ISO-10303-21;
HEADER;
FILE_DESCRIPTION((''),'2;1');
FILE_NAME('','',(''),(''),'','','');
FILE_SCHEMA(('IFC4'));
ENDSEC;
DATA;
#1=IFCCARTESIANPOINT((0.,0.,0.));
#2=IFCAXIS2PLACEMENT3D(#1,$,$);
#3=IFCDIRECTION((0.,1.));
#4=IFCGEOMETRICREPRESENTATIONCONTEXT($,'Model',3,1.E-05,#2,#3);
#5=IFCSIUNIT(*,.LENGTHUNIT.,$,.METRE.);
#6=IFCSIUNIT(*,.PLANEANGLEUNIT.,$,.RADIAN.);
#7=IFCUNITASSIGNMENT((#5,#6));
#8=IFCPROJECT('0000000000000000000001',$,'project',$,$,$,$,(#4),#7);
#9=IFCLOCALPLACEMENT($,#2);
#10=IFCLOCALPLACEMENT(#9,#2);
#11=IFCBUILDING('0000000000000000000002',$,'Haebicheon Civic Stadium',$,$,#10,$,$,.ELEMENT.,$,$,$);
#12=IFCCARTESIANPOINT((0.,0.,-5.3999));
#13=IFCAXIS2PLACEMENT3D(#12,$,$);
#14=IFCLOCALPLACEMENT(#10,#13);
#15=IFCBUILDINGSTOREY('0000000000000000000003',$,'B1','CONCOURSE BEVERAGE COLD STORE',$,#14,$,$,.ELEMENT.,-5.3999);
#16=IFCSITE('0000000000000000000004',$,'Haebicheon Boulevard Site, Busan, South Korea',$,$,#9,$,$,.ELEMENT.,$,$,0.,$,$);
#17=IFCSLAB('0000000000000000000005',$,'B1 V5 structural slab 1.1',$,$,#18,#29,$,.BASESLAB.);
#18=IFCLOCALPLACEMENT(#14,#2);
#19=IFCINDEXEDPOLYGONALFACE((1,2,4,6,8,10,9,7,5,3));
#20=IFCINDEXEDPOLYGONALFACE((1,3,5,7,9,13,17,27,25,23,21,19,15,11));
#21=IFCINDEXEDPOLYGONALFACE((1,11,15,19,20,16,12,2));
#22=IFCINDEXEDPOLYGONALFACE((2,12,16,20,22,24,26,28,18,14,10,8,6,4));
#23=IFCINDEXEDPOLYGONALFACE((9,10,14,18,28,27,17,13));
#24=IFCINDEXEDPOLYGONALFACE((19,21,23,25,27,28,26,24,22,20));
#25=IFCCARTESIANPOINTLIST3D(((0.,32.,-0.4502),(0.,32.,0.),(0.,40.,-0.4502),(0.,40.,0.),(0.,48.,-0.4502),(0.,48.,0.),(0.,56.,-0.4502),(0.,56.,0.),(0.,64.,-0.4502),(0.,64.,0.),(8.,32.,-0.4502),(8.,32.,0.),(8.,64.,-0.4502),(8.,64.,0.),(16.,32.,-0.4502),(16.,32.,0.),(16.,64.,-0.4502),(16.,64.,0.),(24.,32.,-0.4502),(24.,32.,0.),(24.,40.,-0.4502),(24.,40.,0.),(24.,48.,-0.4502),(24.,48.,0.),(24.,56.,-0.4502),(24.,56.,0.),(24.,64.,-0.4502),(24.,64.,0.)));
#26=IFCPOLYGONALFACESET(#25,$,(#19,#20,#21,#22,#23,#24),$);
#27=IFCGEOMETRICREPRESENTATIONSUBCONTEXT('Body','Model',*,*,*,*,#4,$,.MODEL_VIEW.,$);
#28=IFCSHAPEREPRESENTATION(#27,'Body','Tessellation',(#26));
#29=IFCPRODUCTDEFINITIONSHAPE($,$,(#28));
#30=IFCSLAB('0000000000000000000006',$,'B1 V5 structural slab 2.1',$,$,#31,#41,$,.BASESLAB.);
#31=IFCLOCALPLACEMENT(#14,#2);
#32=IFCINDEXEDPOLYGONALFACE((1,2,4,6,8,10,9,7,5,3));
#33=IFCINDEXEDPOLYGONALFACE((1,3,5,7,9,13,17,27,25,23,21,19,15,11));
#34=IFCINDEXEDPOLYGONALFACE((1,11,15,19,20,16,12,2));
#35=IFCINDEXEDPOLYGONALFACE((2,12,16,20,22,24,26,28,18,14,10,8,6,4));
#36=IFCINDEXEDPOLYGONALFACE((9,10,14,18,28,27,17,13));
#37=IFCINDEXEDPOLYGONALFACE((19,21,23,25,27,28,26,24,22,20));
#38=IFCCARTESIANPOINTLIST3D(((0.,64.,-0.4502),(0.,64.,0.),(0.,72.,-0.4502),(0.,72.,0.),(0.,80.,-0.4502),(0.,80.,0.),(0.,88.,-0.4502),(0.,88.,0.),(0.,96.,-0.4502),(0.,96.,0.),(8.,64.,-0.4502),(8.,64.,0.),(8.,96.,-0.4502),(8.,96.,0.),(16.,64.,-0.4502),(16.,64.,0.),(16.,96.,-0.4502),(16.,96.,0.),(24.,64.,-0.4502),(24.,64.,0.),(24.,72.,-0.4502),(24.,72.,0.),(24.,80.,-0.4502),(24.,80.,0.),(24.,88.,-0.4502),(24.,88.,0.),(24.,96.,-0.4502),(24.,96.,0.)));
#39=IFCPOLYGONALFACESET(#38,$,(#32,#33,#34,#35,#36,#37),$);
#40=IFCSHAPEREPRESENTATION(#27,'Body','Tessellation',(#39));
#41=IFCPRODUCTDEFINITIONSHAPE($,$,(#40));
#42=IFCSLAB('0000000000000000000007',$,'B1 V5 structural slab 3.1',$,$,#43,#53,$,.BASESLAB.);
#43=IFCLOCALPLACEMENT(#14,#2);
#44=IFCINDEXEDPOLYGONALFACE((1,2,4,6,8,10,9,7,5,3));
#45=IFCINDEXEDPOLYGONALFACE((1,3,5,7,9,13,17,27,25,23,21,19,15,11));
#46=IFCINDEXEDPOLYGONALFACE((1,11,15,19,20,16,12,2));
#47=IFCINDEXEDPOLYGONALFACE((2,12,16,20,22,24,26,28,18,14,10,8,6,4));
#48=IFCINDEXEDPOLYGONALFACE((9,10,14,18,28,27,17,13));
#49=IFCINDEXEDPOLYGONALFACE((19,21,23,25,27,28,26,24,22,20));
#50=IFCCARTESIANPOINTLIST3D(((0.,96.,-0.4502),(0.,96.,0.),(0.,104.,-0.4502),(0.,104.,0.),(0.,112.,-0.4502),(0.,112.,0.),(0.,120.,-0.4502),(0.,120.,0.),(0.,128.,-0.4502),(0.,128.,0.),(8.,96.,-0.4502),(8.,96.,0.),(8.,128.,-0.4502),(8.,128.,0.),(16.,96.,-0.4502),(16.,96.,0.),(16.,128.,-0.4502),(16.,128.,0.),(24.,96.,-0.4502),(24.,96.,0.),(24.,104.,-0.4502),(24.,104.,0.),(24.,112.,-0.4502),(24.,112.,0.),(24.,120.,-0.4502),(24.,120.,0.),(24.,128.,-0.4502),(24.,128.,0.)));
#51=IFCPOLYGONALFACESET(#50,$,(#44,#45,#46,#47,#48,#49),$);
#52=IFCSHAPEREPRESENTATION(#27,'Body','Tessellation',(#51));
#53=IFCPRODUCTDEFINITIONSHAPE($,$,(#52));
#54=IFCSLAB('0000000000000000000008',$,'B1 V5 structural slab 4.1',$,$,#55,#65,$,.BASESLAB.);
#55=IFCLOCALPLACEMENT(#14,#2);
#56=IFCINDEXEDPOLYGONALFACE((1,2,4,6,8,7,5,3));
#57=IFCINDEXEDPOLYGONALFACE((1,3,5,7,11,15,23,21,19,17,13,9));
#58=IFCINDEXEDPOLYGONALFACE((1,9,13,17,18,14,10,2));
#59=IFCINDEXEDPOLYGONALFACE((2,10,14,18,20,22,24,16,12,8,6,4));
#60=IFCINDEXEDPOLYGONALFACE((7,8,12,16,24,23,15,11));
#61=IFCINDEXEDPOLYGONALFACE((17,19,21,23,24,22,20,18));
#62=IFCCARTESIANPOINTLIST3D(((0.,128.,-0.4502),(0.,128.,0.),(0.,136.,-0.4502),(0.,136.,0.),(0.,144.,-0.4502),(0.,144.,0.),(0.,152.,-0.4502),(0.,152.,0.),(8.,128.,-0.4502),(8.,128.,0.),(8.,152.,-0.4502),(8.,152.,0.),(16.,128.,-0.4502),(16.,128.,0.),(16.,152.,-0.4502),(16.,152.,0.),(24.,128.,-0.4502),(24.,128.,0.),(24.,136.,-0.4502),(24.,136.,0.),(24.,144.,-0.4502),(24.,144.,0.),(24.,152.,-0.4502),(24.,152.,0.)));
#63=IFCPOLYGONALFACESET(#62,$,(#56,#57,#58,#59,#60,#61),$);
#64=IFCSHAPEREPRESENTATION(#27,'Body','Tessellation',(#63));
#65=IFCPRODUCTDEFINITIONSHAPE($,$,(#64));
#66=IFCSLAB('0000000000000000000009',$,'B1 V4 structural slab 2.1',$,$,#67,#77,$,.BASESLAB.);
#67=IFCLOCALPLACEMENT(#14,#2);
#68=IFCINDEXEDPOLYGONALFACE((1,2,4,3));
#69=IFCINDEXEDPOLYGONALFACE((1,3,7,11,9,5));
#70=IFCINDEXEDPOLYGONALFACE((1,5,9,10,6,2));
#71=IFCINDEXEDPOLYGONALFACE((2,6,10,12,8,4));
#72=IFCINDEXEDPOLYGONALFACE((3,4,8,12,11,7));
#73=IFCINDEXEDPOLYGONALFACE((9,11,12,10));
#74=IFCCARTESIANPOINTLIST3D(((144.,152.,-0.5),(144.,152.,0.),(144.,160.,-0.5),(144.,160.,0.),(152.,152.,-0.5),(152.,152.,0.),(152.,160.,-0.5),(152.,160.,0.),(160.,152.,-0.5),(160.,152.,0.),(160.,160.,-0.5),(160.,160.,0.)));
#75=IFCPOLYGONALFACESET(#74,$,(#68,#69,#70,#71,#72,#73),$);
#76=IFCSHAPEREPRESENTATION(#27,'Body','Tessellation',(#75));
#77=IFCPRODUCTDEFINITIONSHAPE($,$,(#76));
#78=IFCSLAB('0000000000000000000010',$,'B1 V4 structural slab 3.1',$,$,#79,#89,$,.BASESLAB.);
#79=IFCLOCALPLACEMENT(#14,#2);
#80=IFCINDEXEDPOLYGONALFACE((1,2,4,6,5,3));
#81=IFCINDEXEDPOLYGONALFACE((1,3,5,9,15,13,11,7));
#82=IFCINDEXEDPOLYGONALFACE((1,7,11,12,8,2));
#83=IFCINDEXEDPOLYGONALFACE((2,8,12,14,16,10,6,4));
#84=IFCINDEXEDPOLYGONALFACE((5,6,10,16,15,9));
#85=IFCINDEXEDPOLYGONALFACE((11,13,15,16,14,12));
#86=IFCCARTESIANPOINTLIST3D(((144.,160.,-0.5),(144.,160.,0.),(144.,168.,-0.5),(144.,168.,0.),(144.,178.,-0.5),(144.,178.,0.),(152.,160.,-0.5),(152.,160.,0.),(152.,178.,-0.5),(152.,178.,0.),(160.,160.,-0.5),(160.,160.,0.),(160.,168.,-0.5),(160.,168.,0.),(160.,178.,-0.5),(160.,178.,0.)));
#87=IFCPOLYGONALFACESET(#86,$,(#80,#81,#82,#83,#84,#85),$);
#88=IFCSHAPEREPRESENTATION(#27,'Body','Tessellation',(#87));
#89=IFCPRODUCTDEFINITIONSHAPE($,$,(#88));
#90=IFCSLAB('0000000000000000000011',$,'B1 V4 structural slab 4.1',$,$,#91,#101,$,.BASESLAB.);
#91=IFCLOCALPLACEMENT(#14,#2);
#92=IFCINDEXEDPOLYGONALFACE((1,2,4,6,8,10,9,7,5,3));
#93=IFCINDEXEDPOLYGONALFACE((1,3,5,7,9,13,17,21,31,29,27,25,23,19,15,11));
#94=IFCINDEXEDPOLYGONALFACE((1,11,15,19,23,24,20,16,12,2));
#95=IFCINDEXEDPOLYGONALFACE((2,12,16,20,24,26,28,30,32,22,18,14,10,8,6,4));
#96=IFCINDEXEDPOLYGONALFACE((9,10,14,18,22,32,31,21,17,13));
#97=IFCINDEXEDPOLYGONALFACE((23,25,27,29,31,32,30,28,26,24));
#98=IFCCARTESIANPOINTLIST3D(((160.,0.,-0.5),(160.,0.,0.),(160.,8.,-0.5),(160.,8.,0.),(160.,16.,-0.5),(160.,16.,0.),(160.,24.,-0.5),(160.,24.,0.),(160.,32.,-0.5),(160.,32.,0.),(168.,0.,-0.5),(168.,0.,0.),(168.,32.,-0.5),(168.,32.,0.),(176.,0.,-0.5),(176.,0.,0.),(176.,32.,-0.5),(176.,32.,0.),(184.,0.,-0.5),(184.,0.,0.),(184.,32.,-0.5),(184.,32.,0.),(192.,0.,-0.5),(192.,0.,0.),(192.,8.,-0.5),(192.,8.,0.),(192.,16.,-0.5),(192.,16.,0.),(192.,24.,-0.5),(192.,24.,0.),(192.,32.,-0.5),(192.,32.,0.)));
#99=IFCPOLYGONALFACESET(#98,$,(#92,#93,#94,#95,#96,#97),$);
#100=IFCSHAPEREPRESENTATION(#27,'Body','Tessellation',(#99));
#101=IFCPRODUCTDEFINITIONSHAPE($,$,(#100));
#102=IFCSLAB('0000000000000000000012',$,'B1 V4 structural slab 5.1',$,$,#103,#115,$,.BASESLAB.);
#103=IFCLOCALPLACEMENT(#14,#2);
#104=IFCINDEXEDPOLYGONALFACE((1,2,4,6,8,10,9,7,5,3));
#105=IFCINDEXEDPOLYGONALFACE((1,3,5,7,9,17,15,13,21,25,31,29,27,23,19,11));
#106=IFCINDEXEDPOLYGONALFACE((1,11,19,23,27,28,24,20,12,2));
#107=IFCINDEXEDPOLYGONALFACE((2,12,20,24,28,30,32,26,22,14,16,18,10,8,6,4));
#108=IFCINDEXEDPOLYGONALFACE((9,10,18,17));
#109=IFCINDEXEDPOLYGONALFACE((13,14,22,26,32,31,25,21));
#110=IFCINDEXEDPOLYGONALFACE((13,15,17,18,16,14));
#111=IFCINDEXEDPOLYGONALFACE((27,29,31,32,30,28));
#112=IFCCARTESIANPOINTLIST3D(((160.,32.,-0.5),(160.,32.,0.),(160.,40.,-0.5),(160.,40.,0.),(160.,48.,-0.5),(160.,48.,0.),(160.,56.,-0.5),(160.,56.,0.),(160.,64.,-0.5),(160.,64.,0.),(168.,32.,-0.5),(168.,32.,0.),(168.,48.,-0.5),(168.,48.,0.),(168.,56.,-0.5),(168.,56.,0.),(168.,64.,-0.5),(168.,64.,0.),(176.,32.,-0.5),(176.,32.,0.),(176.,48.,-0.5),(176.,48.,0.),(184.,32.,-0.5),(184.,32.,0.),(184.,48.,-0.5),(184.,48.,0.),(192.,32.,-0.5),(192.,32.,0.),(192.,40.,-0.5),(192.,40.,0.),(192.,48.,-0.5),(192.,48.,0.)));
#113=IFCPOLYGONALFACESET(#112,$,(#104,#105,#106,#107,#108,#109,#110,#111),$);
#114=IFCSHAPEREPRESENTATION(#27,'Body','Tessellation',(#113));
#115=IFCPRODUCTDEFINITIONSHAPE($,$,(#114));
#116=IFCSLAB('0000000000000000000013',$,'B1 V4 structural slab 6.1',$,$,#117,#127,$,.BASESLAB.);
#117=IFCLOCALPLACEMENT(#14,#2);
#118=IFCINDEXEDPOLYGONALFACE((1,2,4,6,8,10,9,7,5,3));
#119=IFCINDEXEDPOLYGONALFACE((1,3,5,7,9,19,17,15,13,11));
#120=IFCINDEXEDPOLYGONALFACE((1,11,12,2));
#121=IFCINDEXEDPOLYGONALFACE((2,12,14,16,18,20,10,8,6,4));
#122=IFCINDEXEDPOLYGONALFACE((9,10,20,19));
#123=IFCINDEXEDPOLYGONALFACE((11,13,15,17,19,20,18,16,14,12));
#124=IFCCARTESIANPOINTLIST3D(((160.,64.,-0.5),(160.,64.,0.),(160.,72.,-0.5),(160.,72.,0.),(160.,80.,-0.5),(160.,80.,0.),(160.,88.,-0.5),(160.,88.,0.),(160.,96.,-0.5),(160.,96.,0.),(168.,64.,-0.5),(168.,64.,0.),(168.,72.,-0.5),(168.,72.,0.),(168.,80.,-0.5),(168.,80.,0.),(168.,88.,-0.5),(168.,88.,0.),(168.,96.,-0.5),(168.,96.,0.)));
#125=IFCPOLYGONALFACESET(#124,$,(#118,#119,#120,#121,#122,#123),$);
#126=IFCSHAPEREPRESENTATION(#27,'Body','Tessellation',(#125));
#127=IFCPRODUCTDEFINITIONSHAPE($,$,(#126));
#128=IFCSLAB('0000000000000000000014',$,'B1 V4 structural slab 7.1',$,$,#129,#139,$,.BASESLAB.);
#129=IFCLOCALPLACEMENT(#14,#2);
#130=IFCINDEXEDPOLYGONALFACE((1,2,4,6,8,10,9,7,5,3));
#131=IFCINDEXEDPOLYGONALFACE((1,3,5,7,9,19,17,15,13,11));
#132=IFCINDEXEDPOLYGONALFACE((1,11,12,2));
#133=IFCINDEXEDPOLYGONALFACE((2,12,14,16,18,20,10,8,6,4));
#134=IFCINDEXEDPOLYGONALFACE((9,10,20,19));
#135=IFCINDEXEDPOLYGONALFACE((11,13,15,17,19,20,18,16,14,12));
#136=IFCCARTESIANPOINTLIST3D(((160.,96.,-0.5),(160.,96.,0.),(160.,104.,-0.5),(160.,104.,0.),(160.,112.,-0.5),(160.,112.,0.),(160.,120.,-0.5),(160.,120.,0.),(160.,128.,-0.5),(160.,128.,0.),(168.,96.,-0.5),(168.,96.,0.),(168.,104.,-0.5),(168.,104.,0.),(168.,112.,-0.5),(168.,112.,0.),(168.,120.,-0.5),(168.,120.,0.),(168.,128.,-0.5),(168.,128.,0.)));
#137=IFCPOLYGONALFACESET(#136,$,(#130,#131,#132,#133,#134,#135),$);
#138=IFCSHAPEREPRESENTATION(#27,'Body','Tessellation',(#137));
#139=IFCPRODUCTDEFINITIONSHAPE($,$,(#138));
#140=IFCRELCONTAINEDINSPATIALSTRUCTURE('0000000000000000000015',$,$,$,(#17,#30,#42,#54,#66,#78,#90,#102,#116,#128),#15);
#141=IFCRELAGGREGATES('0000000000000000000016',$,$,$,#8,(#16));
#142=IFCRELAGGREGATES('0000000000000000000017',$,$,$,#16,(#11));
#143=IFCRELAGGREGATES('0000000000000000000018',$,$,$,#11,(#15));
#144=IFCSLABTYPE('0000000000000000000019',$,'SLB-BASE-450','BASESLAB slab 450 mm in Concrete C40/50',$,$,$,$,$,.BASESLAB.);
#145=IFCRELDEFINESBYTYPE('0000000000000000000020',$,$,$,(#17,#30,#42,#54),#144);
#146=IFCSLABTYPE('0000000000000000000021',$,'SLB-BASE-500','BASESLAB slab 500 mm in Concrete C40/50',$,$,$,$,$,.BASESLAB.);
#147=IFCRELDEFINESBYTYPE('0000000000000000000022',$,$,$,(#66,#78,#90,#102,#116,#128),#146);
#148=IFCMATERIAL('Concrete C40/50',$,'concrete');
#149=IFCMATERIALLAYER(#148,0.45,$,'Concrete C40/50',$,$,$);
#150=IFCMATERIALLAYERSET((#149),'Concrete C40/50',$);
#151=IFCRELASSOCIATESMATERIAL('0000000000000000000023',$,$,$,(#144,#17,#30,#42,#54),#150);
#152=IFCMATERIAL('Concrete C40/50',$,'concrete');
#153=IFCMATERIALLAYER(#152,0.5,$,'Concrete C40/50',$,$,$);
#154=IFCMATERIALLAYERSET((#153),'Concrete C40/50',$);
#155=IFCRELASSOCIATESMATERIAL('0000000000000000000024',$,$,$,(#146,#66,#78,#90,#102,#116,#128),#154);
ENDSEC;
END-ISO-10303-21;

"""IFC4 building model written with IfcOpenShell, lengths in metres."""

from ifc_helpers import new_model, si_unit, direction, frame, origin, place, context, subcontext, project, spatial, polyline, outline, extrude, material, layer, layer_set, type_object, element, save


model = new_model("IFC4")

# Units and contexts
model_context = context("Model", 3, precision=1e-05, world=origin(), true_north=direction((0.0, 1.0)))
body_context = subcontext(model_context, "Body", "Model", "MODEL_VIEW")
ifc_project = project(units=[si_unit("LENGTHUNIT", "METRE"), si_unit("PLANEANGLEUNIT", "RADIAN")], contexts=[model_context])

# Site, building, storey
site_placement = place(None, origin())
site = spatial("IfcSite", under=ifc_project, at=site_placement, Name="Haebicheon Boulevard Site, Busan, South Korea", CompositionType="ELEMENT", RefElevation=0.0)
building_placement = place(site_placement, origin())
building = spatial("IfcBuilding", under=site, at=building_placement, Name="Haebicheon Civic Stadium", CompositionType="ELEMENT")
storey_placement = place(building_placement, frame((0.0, 0.0, -5.3999)))
storey = spatial("IfcBuildingStorey", under=building, at=storey_placement, Name="B1", Description="CONCOURSE BEVERAGE COLD STORE", CompositionType="ELEMENT", Elevation=-5.3999)

# Slabs
ifc_material_1 = material(Name="Concrete C40/50", Category="concrete")
ifc_layer_1 = layer(ifc_material_1, 0.45, Name="Concrete C40/50")
ifc_layer_set_1 = layer_set([ifc_layer_1], Name="Concrete C40/50")
slab_type_1 = type_object("IfcSlabType", Name="SLB-BASE-450", Description="BASESLAB slab 450 mm in Concrete C40/50", PredefinedType="BASESLAB", material=ifc_layer_set_1)
slab_1_placement = place(storey_placement, frame((0.0, 0.0, -0.4502)))
element("IfcSlab", 1, at=slab_1_placement, inside=storey, type_object=slab_type_1, material=ifc_layer_set_1, Name="B1 V5 structural slab 1.1", PredefinedType="BASESLAB", context=body_context, shape_type="SweptSolid", body=[
    extrude(outline(polyline([(0.0, 48.0), (0.0, 56.0), (0.0, 64.0), (8.0, 64.0), (16.0, 64.0), (24.0, 64.0), (24.0, 56.0), (24.0, 48.0), (24.0, 40.0), (24.0, 32.0), (16.0, 32.0), (8.0, 32.0), (0.0, 32.0), (0.0, 40.0), (0.0, 48.0)])), origin(), (0.0, 0.0, 1.0), 0.4502),
])
slab_2_placement = place(storey_placement, frame((0.0, 0.0, -0.4502)))
element("IfcSlab", 2, at=slab_2_placement, inside=storey, type_object=slab_type_1, material=ifc_layer_set_1, Name="B1 V5 structural slab 2.1", PredefinedType="BASESLAB", context=body_context, shape_type="SweptSolid", body=[
    extrude(outline(polyline([(0.0, 80.0), (0.0, 88.0), (0.0, 96.0), (8.0, 96.0), (16.0, 96.0), (24.0, 96.0), (24.0, 88.0), (24.0, 80.0), (24.0, 72.0), (24.0, 64.0), (16.0, 64.0), (8.0, 64.0), (0.0, 64.0), (0.0, 72.0), (0.0, 80.0)])), origin(), (0.0, 0.0, 1.0), 0.4502),
])
slab_3_placement = place(storey_placement, frame((0.0, 0.0, -0.4502)))
element("IfcSlab", 3, at=slab_3_placement, inside=storey, type_object=slab_type_1, material=ifc_layer_set_1, Name="B1 V5 structural slab 3.1", PredefinedType="BASESLAB", context=body_context, shape_type="SweptSolid", body=[
    extrude(outline(polyline([(0.0, 112.0), (0.0, 120.0), (0.0, 128.0), (8.0, 128.0), (16.0, 128.0), (24.0, 128.0), (24.0, 120.0), (24.0, 112.0), (24.0, 104.0), (24.0, 96.0), (16.0, 96.0), (8.0, 96.0), (0.0, 96.0), (0.0, 104.0), (0.0, 112.0)])), origin(), (0.0, 0.0, 1.0), 0.4502),
])
slab_4_placement = place(storey_placement, frame((0.0, 0.0, -0.4502)))
element("IfcSlab", 4, at=slab_4_placement, inside=storey, type_object=slab_type_1, material=ifc_layer_set_1, Name="B1 V5 structural slab 4.1", PredefinedType="BASESLAB", context=body_context, shape_type="SweptSolid", body=[
    extrude(outline(polyline([(0.0, 144.0), (0.0, 152.0), (8.0, 152.0), (16.0, 152.0), (24.0, 152.0), (24.0, 144.0), (24.0, 136.0), (24.0, 128.0), (16.0, 128.0), (8.0, 128.0), (0.0, 128.0), (0.0, 136.0), (0.0, 144.0)])), origin(), (0.0, 0.0, 1.0), 0.4502),
])
ifc_material_2 = material(Name="Concrete C40/50", Category="concrete")
ifc_layer_2 = layer(ifc_material_2, 0.5, Name="Concrete C40/50")
ifc_layer_set_2 = layer_set([ifc_layer_2], Name="Concrete C40/50")
slab_type_2 = type_object("IfcSlabType", Name="SLB-BASE-500", Description="BASESLAB slab 500 mm in Concrete C40/50", PredefinedType="BASESLAB", material=ifc_layer_set_2)
slab_5_placement = place(storey_placement, frame((0.0, 0.0, -0.5)))
element("IfcSlab", 5, at=slab_5_placement, inside=storey, type_object=slab_type_2, material=ifc_layer_set_2, Name="B1 V4 structural slab 2.1", PredefinedType="BASESLAB", context=body_context, shape_type="SweptSolid", body=[
    extrude(outline(polyline([(144.0, 152.0), (144.0, 160.0), (152.0, 160.0), (160.0, 160.0), (160.0, 152.0), (152.0, 152.0), (144.0, 152.0)])), origin(), (0.0, 0.0, 1.0), 0.5),
])
slab_6_placement = place(storey_placement, frame((0.0, 0.0, -0.5)))
element("IfcSlab", 6, at=slab_6_placement, inside=storey, type_object=slab_type_2, material=ifc_layer_set_2, Name="B1 V4 structural slab 3.1", PredefinedType="BASESLAB", context=body_context, shape_type="SweptSolid", body=[
    extrude(outline(polyline([(144.0, 168.0), (144.0, 178.0), (152.0, 178.0), (160.0, 178.0), (160.0, 168.0), (160.0, 160.0), (152.0, 160.0), (144.0, 160.0), (144.0, 168.0)])), origin(), (0.0, 0.0, 1.0), 0.5),
])
slab_7_placement = place(storey_placement, frame((0.0, 0.0, -0.5)))
element("IfcSlab", 7, at=slab_7_placement, inside=storey, type_object=slab_type_2, material=ifc_layer_set_2, Name="B1 V4 structural slab 4.1", PredefinedType="BASESLAB", context=body_context, shape_type="SweptSolid", body=[
    extrude(outline(polyline([(160.0, 24.0), (160.0, 32.0), (168.0, 32.0), (176.0, 32.0), (184.0, 32.0), (192.0, 32.0), (192.0, 24.0), (192.0, 16.0), (192.0, 8.0), (192.0, 0.0), (184.0, 0.0), (176.0, 0.0), (168.0, 0.0), (160.0, 0.0), (160.0, 8.0), (160.0, 16.0), (160.0, 24.0)])), origin(), (0.0, 0.0, 1.0), 0.5),
])
slab_8_placement = place(storey_placement, frame((0.0, 0.0, -0.5)))
element("IfcSlab", 8, at=slab_8_placement, inside=storey, type_object=slab_type_2, material=ifc_layer_set_2, Name="B1 V4 structural slab 5.1", PredefinedType="BASESLAB", context=body_context, shape_type="SweptSolid", body=[
    extrude(outline(polyline([(160.0, 48.0), (160.0, 56.0), (160.0, 64.0), (168.0, 64.0), (168.0, 56.0), (168.0, 48.0), (176.0, 48.0), (184.0, 48.0), (192.0, 48.0), (192.0, 40.0), (192.0, 32.0), (184.0, 32.0), (176.0, 32.0), (168.0, 32.0), (160.0, 32.0), (160.0, 40.0), (160.0, 48.0)])), origin(), (0.0, 0.0, 1.0), 0.5),
])
slab_9_placement = place(storey_placement, frame((0.0, 0.0, -0.5)))
element("IfcSlab", 9, at=slab_9_placement, inside=storey, type_object=slab_type_2, material=ifc_layer_set_2, Name="B1 V4 structural slab 6.1", PredefinedType="BASESLAB", context=body_context, shape_type="SweptSolid", body=[
    extrude(outline(polyline([(160.0, 64.0), (160.0, 72.0), (160.0, 80.0), (160.0, 88.0), (160.0, 96.0), (168.0, 96.0), (168.0, 88.0), (168.0, 80.0), (168.0, 72.0), (168.0, 64.0), (160.0, 64.0)])), origin(), (0.0, 0.0, 1.0), 0.5),
])
slab_10_placement = place(storey_placement, frame((0.0, 0.0, -0.5)))
element("IfcSlab", 10, at=slab_10_placement, inside=storey, type_object=slab_type_2, material=ifc_layer_set_2, Name="B1 V4 structural slab 7.1", PredefinedType="BASESLAB", context=body_context, shape_type="SweptSolid", body=[
    extrude(outline(polyline([(160.0, 96.0), (160.0, 104.0), (160.0, 112.0), (160.0, 120.0), (160.0, 128.0), (168.0, 128.0), (168.0, 120.0), (168.0, 112.0), (168.0, 104.0), (168.0, 96.0), (160.0, 96.0)])), origin(), (0.0, 0.0, 1.0), 0.5),
])

save(model, "model.ifc")
